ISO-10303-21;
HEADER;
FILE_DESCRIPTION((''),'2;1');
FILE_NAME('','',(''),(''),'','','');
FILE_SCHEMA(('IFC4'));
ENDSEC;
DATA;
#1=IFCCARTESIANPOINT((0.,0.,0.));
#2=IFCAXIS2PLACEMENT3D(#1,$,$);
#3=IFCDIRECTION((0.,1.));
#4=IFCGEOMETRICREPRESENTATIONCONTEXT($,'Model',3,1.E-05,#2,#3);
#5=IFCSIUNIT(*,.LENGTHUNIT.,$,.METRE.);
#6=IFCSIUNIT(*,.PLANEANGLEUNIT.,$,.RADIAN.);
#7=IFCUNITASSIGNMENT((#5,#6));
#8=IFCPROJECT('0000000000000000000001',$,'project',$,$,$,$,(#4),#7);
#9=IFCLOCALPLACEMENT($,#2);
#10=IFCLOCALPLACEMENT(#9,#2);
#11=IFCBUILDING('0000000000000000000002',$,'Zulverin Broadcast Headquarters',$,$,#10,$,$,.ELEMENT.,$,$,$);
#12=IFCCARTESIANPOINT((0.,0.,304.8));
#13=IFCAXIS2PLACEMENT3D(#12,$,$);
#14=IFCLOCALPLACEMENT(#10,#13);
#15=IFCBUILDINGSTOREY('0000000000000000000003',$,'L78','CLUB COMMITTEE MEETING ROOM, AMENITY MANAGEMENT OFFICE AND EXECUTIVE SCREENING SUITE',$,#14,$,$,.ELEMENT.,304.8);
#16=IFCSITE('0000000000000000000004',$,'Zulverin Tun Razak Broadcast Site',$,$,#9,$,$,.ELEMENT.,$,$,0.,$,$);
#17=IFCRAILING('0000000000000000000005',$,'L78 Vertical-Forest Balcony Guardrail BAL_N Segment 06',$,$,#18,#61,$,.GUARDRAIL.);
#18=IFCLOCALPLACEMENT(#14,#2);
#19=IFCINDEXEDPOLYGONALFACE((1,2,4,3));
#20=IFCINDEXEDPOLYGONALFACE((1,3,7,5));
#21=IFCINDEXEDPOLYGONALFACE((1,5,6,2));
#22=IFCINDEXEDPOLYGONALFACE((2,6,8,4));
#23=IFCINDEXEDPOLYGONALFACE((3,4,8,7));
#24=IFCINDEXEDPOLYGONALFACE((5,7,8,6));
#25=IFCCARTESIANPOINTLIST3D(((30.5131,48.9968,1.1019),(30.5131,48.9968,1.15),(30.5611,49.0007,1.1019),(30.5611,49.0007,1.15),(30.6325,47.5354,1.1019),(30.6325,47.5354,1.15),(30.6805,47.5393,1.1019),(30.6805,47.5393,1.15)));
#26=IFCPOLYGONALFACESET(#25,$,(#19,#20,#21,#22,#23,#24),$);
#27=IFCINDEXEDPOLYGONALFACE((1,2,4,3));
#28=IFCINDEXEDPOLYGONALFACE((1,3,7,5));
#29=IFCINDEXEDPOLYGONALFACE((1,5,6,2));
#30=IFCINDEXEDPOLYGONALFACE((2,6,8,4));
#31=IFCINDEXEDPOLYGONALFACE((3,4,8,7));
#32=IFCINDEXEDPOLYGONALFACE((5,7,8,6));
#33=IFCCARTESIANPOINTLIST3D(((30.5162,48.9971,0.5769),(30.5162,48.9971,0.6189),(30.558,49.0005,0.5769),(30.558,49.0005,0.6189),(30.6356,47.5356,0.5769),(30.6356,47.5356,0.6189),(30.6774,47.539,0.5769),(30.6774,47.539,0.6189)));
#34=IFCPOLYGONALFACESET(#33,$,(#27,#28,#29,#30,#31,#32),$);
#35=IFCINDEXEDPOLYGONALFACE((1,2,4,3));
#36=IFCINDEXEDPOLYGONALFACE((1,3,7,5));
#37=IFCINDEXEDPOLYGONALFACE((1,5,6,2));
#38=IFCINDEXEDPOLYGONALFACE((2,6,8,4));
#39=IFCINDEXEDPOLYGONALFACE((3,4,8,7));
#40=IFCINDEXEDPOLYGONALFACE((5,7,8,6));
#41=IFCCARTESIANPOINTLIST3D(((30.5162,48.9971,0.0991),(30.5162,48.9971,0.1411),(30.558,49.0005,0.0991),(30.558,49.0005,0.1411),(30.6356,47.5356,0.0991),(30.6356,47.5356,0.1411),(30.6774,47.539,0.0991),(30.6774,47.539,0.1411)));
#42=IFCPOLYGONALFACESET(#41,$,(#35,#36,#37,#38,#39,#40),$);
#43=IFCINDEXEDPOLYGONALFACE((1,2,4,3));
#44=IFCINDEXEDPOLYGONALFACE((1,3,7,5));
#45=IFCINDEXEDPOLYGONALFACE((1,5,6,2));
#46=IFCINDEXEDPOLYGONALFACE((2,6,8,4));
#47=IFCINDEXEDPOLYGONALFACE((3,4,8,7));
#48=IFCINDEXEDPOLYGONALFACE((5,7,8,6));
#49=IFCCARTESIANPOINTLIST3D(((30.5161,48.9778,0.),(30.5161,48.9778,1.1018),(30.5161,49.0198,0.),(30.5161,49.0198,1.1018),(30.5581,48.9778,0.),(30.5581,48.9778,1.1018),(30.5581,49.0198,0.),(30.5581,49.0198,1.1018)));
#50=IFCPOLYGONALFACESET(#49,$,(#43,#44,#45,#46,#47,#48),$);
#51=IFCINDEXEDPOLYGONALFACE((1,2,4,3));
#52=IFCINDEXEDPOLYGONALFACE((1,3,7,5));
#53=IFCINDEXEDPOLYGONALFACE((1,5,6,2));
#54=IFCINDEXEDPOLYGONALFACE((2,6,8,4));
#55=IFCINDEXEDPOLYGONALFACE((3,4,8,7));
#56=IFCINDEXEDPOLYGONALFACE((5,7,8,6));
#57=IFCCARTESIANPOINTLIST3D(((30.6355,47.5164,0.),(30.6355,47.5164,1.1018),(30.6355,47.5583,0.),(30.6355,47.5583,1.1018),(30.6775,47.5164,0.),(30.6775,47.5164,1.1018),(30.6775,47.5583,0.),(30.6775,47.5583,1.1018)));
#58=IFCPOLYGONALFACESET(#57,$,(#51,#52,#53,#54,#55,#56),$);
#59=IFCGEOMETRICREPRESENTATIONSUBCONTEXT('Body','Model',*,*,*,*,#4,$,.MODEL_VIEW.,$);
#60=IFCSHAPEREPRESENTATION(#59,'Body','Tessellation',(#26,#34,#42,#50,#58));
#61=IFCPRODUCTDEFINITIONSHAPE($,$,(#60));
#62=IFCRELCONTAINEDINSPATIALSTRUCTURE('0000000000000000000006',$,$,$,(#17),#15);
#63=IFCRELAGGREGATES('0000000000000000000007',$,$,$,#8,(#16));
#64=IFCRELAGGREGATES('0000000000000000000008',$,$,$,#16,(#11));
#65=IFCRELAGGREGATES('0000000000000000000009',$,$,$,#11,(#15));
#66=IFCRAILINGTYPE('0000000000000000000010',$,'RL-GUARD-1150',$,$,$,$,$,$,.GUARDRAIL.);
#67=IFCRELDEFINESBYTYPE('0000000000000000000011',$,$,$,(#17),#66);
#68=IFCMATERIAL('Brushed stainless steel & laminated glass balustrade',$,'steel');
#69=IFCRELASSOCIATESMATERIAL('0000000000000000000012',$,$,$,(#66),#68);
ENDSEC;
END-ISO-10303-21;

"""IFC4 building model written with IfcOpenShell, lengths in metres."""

from ifc_helpers import new_model, si_unit, direction, frame, origin, origin_2d, place, context, subcontext, project, spatial, rectangle, extrude, material, type_object, element, save


model = new_model("IFC4")

# Units and contexts
model_context = context("Model", 3, precision=1e-05, world=origin(), true_north=direction((0.0, 1.0)))
body_context = subcontext(model_context, "Body", "Model", "MODEL_VIEW")
ifc_project = project(units=[si_unit("LENGTHUNIT", "METRE"), si_unit("PLANEANGLEUNIT", "RADIAN")], contexts=[model_context])

# Site, building, storey
site_placement = place(None, origin())
site = spatial("IfcSite", under=ifc_project, at=site_placement, Name="Zulverin Tun Razak Broadcast Site", CompositionType="ELEMENT", RefElevation=0.0)
building_placement = place(site_placement, origin())
building = spatial("IfcBuilding", under=site, at=building_placement, Name="Zulverin Broadcast Headquarters", CompositionType="ELEMENT")
storey_placement = place(building_placement, frame((0.0, 0.0, 304.8)))
storey = spatial("IfcBuildingStorey", under=building, at=storey_placement, Name="L78", Description="CLUB COMMITTEE MEETING ROOM, AMENITY MANAGEMENT OFFICE AND EXECUTIVE SCREENING SUITE", CompositionType="ELEMENT", Elevation=304.8)

# Railing
ifc_material_1 = material(Name="Brushed stainless steel & laminated glass balustrade", Category="steel")
railing_type = type_object("IfcRailingType", Name="RL-GUARD-1150", PredefinedType="GUARDRAIL", material=ifc_material_1)
railing_1_placement = place(storey_placement, frame((30.5371, 48.9988, 0.0)))
element("IfcRailing", 1, at=railing_1_placement, inside=storey, type_object=railing_type, Name="L78 Vertical-Forest Balcony Guardrail BAL_N Segment 06", PredefinedType="GUARDRAIL", context=body_context, shape_type="SweptSolid", body=[
    extrude(rectangle(XDim=0.0481, YDim=0.0481, at=origin_2d()), frame((0.0, 0.0, 1.126), z_axis=(0.081419, -0.99668, 0.0), x_axis=(0.99668, 0.081419, 0.0)), (0.0, 0.0, 1.0), 1.4663),
    extrude(rectangle(XDim=0.042, YDim=0.042, at=origin_2d()), frame((0.0, 0.0, 0.5979), z_axis=(0.081419, -0.99668, 0.0), x_axis=(0.99668, 0.081419, 0.0)), (0.0, 0.0, 1.0), 1.4663),
    extrude(rectangle(XDim=0.042, YDim=0.042, at=origin_2d()), frame((0.0, 0.0, 0.1201), z_axis=(0.081419, -0.99668, 0.0), x_axis=(0.99668, 0.081419, 0.0)), (0.0, 0.0, 1.0), 1.4663),
    extrude(rectangle(XDim=0.042, YDim=0.042, at=origin_2d()), origin(), (0.0, 0.0, 1.0), 1.1018),
    extrude(rectangle(XDim=0.042, YDim=0.042, at=origin_2d()), frame((0.1194, -1.4614, 0.0)), (0.0, 0.0, 1.0), 1.1018),
])

save(model, "model.ifc")
